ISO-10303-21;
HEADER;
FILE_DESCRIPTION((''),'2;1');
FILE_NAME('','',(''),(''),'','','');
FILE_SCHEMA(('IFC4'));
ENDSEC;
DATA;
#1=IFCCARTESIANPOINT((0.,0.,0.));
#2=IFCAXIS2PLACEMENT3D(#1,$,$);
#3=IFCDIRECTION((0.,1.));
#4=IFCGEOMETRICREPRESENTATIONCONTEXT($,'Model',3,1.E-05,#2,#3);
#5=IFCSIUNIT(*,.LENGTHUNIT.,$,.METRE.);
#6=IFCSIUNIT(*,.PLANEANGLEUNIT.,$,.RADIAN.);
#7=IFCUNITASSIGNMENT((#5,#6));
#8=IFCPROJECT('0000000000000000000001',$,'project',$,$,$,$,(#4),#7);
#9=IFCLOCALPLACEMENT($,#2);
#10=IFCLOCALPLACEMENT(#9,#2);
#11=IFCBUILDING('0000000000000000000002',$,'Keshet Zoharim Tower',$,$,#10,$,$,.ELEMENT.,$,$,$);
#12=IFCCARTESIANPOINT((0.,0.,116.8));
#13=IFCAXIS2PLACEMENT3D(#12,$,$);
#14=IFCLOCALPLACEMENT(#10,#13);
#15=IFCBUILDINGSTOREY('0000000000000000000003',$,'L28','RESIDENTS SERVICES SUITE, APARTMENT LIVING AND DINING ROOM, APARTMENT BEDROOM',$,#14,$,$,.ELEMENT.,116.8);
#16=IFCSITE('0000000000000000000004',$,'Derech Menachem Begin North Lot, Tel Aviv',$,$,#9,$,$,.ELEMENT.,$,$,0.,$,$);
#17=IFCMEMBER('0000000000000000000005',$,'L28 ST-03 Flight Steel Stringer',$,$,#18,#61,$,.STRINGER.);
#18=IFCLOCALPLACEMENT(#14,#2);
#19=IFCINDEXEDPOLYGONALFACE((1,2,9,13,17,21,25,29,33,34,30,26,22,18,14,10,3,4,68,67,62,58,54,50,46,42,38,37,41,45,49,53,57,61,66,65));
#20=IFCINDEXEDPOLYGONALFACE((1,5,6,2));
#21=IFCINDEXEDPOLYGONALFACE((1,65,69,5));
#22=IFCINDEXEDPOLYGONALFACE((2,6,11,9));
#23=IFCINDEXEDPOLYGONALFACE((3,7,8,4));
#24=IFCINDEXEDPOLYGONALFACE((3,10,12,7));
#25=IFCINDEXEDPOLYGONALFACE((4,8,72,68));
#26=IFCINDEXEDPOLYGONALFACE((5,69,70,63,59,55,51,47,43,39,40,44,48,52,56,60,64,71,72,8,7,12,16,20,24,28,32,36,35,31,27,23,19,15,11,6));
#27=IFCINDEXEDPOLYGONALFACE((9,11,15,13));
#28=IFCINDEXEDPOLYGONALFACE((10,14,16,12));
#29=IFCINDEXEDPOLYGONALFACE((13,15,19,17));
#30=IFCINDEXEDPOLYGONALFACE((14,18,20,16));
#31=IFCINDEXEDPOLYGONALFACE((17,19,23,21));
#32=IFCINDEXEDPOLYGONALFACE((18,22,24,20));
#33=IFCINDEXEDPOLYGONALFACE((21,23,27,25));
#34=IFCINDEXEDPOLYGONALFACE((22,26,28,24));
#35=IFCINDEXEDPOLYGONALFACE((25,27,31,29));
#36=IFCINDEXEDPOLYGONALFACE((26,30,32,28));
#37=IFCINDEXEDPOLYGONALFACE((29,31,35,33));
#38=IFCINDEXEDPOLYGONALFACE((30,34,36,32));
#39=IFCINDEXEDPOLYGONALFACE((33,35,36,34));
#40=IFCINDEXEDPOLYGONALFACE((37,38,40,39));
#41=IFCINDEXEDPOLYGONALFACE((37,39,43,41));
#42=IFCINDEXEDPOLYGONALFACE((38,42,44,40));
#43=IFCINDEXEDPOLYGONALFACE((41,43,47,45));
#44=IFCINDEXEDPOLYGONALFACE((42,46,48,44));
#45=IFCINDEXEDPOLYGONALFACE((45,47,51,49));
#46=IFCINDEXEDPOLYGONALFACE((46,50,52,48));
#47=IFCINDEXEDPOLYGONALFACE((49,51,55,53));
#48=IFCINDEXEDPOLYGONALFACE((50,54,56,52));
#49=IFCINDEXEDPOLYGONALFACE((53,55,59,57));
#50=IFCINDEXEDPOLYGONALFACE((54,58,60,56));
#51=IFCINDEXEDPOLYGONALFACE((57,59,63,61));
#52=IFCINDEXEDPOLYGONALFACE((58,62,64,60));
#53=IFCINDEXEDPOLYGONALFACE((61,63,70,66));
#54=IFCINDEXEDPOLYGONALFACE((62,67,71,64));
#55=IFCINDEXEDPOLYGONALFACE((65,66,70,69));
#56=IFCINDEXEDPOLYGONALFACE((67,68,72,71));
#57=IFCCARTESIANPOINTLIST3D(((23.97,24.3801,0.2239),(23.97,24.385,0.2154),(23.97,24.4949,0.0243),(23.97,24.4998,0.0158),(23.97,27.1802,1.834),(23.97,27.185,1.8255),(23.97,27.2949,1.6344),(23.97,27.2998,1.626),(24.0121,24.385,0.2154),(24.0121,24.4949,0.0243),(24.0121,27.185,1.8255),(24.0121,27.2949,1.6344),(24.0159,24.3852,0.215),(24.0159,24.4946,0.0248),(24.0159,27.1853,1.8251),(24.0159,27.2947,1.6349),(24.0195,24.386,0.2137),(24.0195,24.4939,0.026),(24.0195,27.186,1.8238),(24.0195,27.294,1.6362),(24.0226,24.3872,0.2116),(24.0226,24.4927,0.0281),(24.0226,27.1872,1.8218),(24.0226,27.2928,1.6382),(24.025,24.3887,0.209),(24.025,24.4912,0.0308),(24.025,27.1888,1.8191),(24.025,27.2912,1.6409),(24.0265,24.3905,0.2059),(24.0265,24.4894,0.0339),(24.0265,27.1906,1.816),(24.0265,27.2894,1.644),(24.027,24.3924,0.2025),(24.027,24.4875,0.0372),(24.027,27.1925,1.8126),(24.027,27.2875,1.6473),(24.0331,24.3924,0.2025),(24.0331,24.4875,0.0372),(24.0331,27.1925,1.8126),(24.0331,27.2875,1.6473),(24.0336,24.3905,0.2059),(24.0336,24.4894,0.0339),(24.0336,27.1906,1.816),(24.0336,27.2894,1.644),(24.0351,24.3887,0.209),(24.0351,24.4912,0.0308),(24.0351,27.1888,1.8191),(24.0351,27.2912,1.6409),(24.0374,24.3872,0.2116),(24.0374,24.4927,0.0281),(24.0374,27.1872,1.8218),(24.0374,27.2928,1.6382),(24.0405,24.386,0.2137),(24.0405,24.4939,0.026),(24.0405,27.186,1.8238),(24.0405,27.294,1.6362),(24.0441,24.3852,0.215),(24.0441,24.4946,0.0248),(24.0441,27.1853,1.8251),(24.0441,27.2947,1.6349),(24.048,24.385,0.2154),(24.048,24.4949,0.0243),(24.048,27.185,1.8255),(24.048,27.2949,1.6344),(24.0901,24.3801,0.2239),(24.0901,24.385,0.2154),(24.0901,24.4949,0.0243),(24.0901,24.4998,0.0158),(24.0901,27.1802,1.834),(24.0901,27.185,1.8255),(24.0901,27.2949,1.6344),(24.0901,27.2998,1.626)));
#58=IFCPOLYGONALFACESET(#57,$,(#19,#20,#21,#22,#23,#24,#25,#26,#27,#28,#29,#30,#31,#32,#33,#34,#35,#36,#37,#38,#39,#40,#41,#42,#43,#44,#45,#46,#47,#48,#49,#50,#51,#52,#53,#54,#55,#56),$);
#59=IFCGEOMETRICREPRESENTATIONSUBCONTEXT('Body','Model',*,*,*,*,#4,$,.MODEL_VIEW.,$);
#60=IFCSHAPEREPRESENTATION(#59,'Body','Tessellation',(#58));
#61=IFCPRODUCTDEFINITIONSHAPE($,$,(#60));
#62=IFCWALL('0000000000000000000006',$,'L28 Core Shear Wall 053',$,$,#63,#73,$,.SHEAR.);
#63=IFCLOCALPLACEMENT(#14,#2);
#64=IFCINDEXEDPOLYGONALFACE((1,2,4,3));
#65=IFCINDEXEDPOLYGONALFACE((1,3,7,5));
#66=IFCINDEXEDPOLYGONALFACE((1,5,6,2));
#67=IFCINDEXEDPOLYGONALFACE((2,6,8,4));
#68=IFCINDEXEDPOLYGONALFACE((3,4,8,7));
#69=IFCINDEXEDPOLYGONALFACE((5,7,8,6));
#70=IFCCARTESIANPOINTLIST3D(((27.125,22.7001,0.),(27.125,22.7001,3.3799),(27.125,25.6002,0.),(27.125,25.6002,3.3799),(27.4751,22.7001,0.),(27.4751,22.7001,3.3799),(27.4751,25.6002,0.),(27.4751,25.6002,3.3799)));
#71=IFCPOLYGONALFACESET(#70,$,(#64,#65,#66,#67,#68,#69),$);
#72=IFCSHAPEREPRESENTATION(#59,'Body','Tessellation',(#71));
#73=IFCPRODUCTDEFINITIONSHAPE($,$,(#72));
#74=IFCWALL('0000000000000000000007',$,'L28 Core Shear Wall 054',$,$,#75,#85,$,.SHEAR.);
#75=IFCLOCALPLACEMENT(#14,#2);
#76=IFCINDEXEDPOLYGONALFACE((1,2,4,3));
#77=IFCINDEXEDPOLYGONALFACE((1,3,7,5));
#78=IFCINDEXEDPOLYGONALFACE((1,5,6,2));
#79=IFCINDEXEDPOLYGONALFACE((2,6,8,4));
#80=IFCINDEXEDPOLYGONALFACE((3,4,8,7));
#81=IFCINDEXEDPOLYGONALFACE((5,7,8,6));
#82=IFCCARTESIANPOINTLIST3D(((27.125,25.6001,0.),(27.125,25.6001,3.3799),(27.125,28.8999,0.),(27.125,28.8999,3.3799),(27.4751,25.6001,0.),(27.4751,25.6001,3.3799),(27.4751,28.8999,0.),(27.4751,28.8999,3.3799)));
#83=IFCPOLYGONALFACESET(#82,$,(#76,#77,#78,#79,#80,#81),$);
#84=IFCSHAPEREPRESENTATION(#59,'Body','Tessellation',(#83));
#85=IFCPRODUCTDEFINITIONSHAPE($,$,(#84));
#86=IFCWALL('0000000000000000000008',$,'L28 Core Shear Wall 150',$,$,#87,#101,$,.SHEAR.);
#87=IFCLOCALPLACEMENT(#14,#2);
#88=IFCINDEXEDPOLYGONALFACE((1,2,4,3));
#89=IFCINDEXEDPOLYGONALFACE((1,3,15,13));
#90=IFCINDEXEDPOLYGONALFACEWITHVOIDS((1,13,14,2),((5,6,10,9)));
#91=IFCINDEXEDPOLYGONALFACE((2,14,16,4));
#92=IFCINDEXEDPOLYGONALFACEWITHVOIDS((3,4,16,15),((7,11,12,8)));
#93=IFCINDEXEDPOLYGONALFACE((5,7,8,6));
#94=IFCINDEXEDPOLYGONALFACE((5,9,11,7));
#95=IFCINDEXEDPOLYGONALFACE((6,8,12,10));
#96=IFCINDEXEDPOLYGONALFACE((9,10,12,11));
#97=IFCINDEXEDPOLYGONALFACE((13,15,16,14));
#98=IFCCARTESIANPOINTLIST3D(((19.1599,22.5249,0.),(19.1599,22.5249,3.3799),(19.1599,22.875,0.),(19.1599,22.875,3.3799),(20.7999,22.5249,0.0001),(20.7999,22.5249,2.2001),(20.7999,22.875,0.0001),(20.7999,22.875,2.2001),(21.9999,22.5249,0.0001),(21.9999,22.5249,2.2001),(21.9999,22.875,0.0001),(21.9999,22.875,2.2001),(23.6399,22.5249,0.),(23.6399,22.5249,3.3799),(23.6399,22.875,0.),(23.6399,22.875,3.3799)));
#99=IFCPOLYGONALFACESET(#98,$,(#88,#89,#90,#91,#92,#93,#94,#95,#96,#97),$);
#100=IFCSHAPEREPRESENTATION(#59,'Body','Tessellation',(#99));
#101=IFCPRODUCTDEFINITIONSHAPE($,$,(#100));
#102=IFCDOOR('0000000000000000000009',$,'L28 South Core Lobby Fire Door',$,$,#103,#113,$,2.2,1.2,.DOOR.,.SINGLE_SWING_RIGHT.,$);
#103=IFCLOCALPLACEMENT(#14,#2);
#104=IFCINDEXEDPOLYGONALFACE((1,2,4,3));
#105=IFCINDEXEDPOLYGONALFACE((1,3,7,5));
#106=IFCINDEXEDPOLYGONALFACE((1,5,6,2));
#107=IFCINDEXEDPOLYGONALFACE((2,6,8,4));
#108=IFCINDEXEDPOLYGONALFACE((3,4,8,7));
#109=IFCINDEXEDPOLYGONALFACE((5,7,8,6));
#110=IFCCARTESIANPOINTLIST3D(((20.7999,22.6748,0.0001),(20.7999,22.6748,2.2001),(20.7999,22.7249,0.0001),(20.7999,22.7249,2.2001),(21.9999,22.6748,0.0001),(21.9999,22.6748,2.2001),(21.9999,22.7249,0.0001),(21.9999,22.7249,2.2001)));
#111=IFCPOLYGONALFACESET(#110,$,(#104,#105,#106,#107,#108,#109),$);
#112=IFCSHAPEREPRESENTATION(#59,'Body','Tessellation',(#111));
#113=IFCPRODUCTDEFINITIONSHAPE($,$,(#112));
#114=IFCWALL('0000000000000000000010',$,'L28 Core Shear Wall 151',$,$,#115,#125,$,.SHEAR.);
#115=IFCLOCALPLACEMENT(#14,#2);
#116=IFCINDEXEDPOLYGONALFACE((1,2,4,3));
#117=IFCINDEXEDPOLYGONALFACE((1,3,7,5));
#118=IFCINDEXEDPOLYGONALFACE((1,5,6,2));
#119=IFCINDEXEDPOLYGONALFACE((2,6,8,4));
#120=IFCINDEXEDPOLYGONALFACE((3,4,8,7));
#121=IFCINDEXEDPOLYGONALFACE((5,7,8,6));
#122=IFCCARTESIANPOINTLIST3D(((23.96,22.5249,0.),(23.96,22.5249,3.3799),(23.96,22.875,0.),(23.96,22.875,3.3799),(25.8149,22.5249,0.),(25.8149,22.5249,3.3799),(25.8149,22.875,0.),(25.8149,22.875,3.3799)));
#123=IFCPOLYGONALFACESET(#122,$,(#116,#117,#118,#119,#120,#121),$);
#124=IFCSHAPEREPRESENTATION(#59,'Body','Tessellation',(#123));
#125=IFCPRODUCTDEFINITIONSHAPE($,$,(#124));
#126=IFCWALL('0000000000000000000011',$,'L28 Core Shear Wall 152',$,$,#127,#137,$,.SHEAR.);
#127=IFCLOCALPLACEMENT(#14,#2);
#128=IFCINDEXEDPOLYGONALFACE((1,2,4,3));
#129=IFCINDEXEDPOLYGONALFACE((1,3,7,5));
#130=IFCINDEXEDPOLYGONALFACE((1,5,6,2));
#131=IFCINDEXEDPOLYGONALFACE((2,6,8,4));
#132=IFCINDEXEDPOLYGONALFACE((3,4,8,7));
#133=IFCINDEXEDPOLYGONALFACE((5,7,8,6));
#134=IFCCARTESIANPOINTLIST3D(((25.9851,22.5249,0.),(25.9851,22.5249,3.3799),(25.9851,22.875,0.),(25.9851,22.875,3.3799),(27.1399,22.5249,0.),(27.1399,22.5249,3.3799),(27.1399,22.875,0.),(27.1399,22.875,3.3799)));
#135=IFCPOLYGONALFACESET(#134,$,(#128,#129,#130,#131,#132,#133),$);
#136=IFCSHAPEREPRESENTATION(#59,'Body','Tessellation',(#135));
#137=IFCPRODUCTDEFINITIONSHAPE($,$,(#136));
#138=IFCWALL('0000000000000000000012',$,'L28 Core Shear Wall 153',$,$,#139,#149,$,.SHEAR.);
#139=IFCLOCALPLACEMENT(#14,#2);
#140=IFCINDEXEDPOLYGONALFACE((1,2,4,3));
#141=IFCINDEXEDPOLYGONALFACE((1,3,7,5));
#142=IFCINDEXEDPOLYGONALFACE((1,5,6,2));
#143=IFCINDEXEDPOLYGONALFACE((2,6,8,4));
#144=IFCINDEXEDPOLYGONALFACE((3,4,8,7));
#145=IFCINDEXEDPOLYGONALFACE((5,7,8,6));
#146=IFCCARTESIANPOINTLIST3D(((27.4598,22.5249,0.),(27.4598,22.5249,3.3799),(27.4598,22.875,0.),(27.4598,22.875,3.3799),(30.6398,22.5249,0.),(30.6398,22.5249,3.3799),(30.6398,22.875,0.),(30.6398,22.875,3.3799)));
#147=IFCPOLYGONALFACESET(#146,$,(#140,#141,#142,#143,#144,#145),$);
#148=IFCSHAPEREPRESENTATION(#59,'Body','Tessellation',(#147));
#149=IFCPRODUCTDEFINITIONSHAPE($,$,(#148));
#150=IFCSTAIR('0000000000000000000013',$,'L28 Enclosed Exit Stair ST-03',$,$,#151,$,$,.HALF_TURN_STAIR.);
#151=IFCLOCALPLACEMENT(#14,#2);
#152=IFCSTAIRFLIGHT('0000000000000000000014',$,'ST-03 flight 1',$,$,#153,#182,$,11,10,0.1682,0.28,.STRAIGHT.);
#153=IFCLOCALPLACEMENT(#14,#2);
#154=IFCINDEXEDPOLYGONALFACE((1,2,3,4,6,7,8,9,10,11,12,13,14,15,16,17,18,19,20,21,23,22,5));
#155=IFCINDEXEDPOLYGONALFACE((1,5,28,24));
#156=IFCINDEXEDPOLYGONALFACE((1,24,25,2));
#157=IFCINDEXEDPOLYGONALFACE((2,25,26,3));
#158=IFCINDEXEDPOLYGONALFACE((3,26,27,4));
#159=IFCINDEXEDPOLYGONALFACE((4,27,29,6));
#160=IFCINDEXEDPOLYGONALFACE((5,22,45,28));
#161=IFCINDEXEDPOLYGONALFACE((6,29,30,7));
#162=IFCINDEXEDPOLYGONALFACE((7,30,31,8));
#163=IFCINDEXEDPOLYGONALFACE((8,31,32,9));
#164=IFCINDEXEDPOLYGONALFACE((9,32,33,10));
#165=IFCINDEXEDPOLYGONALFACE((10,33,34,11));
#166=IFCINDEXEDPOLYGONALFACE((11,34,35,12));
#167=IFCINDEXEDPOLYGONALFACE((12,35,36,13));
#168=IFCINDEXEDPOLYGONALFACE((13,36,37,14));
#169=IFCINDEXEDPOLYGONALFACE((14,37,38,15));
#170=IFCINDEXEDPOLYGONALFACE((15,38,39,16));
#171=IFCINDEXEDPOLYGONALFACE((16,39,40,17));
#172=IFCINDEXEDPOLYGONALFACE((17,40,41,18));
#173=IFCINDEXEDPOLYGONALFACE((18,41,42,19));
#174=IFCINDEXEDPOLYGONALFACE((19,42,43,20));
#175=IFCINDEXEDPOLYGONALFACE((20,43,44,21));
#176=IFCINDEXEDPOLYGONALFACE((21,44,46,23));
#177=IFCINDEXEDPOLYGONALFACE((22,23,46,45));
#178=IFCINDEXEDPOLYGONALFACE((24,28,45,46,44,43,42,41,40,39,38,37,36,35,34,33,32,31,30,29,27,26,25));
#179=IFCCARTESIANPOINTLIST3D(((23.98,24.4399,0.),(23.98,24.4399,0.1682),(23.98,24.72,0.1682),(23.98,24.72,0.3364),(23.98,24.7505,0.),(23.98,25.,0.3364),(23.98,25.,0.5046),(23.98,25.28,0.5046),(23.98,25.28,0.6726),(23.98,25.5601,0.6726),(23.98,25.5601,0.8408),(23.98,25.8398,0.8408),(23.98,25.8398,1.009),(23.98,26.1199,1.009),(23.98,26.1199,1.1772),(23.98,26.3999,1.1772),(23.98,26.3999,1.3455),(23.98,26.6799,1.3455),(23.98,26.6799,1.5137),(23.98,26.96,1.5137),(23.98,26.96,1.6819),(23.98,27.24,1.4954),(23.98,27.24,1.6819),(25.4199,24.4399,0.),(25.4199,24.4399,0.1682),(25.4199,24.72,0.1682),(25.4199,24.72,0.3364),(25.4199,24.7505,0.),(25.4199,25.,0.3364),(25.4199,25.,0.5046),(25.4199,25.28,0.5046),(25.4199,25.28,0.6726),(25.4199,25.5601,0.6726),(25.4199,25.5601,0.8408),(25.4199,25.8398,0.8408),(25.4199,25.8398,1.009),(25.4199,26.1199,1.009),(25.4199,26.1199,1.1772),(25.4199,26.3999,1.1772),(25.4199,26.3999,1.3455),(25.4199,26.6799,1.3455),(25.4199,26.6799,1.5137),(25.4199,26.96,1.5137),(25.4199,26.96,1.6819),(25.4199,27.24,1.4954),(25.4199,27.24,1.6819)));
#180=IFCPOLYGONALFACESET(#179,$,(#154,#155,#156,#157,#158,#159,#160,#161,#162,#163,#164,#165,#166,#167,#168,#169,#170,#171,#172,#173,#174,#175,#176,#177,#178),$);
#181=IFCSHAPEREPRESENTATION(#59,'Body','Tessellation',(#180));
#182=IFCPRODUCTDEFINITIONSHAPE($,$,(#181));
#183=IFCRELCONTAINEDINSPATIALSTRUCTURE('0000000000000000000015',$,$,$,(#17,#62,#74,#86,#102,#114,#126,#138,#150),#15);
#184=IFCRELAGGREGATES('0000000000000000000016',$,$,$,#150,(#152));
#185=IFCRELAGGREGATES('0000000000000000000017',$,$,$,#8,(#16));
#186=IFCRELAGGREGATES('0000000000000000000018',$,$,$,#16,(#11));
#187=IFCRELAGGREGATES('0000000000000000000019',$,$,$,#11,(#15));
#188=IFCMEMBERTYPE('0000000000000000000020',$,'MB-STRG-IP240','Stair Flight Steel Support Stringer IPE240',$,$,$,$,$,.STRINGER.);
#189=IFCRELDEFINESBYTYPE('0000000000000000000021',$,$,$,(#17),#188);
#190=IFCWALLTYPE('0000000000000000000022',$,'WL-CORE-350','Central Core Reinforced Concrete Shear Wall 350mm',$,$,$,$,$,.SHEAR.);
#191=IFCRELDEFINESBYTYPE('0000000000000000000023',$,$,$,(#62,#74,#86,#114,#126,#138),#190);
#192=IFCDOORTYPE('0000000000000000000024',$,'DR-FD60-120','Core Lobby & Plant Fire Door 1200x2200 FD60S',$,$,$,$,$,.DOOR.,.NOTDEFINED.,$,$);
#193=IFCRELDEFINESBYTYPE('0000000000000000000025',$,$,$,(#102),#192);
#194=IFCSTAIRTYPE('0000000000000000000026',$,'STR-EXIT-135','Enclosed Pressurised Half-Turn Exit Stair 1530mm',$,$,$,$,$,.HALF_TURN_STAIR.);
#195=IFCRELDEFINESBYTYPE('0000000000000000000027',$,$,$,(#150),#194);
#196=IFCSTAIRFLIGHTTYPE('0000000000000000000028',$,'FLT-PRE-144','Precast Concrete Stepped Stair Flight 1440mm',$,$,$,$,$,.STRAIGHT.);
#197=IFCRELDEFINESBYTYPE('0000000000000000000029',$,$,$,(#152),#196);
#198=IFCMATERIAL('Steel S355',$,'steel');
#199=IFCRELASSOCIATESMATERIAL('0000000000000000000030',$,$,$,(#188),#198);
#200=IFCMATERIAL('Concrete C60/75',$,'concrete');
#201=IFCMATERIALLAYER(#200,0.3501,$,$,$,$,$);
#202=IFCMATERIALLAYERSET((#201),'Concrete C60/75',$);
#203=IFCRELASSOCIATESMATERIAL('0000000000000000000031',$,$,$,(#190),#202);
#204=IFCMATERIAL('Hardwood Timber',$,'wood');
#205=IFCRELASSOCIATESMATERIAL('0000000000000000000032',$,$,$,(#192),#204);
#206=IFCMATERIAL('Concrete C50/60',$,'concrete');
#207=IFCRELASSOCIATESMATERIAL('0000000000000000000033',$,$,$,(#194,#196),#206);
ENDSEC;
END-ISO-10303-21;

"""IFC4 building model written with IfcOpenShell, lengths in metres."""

from ifc_helpers import new_model, si_unit, direction, frame, frame_2d, origin, origin_2d, place, context, subcontext, project, spatial, polyline, rectangle, i_section, outline, extrude, material, layer, layer_set, material_profile, profile_set, type_object, element, fill, aggregate, save


model = new_model("IFC4")

# Units and contexts
model_context = context("Model", 3, precision=1e-05, world=origin(), true_north=direction((0.0, 1.0)))
body_context = subcontext(model_context, "Body", "Model", "MODEL_VIEW")
ifc_project = project(units=[si_unit("LENGTHUNIT", "METRE"), si_unit("PLANEANGLEUNIT", "RADIAN")], contexts=[model_context])

# Site, building, storey
site_placement = place(None, origin())
site = spatial("IfcSite", under=ifc_project, at=site_placement, Name="Derech Menachem Begin North Lot, Tel Aviv", CompositionType="ELEMENT", RefElevation=0.0)
building_placement = place(site_placement, origin())
building = spatial("IfcBuilding", under=site, at=building_placement, Name="Keshet Zoharim Tower", CompositionType="ELEMENT")
storey_placement = place(building_placement, frame((0.0, 0.0, 116.8)))
storey = spatial("IfcBuildingStorey", under=building, at=storey_placement, Name="L28", Description="RESIDENTS SERVICES SUITE, APARTMENT LIVING AND DINING ROOM, APARTMENT BEDROOM", CompositionType="ELEMENT", Elevation=116.8)

# Member
ifc_material_1 = material(Name="Steel S355", Category="steel")
ifc_material_profile = material_profile(ifc_material_1, i_section(OverallWidth=0.1201, OverallDepth=0.24, WebThickness=0.0061, FlangeThickness=0.0098, FilletRadius=0.0149, at=origin_2d()), Name="IPE240")
ifc_profile_set = profile_set([ifc_material_profile], Name="Steel S355")
member_type = type_object("IfcMemberType", Name="MB-STRG-IP240", Description="Stair Flight Steel Support Stringer IPE240", PredefinedType="STRINGER", material=ifc_profile_set)
member_placement = place(storey_placement, frame((24.03, 24.4399, 0.1199), z_axis=(0.0, 0.866896, 0.49849), x_axis=(-1.0, 0.0, 0.0)))
element("IfcMember", 1, at=member_placement, inside=storey, type_object=member_type, Name="L28 ST-03 Flight Steel Stringer", PredefinedType="STRINGER", context=body_context, shape_type="SweptSolid", body=[
    extrude(i_section(OverallWidth=0.1201, OverallDepth=0.24, WebThickness=0.0061, FlangeThickness=0.0098, FilletRadius=0.0149, at=origin_2d()), origin(), (0.0, 0.0, 1.0), 3.23),
])

# Shared definitions
ifc_material_2 = material(Name="Concrete C60/75", Category="concrete")
ifc_layer_1 = layer(ifc_material_2, 0.3501)
ifc_layer_set_1 = layer_set([ifc_layer_1], Name="Concrete C60/75")
wall_type_1 = type_object("IfcWallType", Name="WL-CORE-350", Description="Central Core Reinforced Concrete Shear Wall 350mm", PredefinedType="SHEAR", material=ifc_layer_set_1)
ifc_material_3 = material(Name="Hardwood Timber", Category="wood")

# Walls
wall_1_placement = place(storey_placement, frame((27.3, 22.7, 0.0), z_axis=(0.0, 0.0, 1.0), x_axis=(0.0, 1.0, 0.0)))
element("IfcWall", 2, at=wall_1_placement, inside=storey, type_object=wall_type_1, Name="L28 Core Shear Wall 053", PredefinedType="SHEAR", context=body_context, shape_type="SweptSolid", body=[
    extrude(rectangle(XDim=2.9001, YDim=0.3501, at=frame_2d((1.4502, 0.0))), origin(), (0.0, 0.0, 1.0), 3.3799),
])
wall_2_placement = place(storey_placement, frame((27.3, 25.6001, 0.0), z_axis=(0.0, 0.0, 1.0), x_axis=(0.0, 1.0, 0.0)))
element("IfcWall", 3, at=wall_2_placement, inside=storey, type_object=wall_type_1, Name="L28 Core Shear Wall 054", PredefinedType="SHEAR", context=body_context, shape_type="SweptSolid", body=[
    extrude(rectangle(XDim=3.2998, YDim=0.3501, at=frame_2d((1.6499, 0.0))), origin(), (0.0, 0.0, 1.0), 3.3799),
])

# Wall, opening, door
wall_3_placement = place(storey_placement, frame((19.1599, 22.7, 0.0), z_axis=(0.0, 0.0, 1.0), x_axis=(1.0, 0.0, 0.0)))
wall_3 = element("IfcWall", 4, at=wall_3_placement, inside=storey, type_object=wall_type_1, Name="L28 Core Shear Wall 150", PredefinedType="SHEAR", context=body_context, shape_type="SweptSolid", body=[
    extrude(rectangle(XDim=4.48, YDim=0.3501, at=frame_2d((2.24, 0.0))), origin(), (0.0, 0.0, 1.0), 3.3799),
])
opening_1_placement = place(wall_3_placement, frame((1.6399, 0.0, 0.0)))
opening_1 = element("IfcOpeningElement", 5, at=opening_1_placement, cuts=wall_3, PredefinedType="OPENING", context=body_context, shape_type="SweptSolid", body=[
    extrude(rectangle(XDim=1.2, YDim=2.2, at=frame_2d((0.6001, 1.1001))), frame((0.0, 0.1851, 0.0), z_axis=(0.0, -1.0, 0.0), x_axis=(1.0, 0.0, 0.0)), (0.0, 0.0, 1.0), 0.3701),
])
door_type_1 = type_object("IfcDoorType", Name="DR-FD60-120", Description="Core Lobby & Plant Fire Door 1200x2200 FD60S", OperationType="NOTDEFINED", PredefinedType="DOOR", material=ifc_material_3)
door_1_placement = place(opening_1_placement, origin())
door_1 = element("IfcDoor", 6, at=door_1_placement, inside=storey, type_object=door_type_1, Name="L28 South Core Lobby Fire Door", OperationType="SINGLE_SWING_RIGHT", OverallHeight=2.2, OverallWidth=1.2, PredefinedType="DOOR", context=body_context, shape_type="SweptSolid", body=[
    extrude(rectangle(XDim=1.2, YDim=2.2, at=frame_2d((0.6001, 1.1001))), frame((0.0, 0.0249, 0.0), z_axis=(0.0, -1.0, 0.0), x_axis=(1.0, 0.0, 0.0)), (0.0, 0.0, 1.0), 0.05),
])
fill(opening_1, door_1)

# Walls
wall_4_placement = place(storey_placement, frame((23.96, 22.7, 0.0), z_axis=(0.0, 0.0, 1.0), x_axis=(1.0, 0.0, 0.0)))
element("IfcWall", 7, at=wall_4_placement, inside=storey, type_object=wall_type_1, Name="L28 Core Shear Wall 151", PredefinedType="SHEAR", context=body_context, shape_type="SweptSolid", body=[
    extrude(rectangle(XDim=1.855, YDim=0.3501, at=frame_2d((0.9275, 0.0))), origin(), (0.0, 0.0, 1.0), 3.3799),
])
wall_5_placement = place(storey_placement, frame((25.9851, 22.7, 0.0), z_axis=(0.0, 0.0, 1.0), x_axis=(1.0, 0.0, 0.0)))
element("IfcWall", 8, at=wall_5_placement, inside=storey, type_object=wall_type_1, Name="L28 Core Shear Wall 152", PredefinedType="SHEAR", context=body_context, shape_type="SweptSolid", body=[
    extrude(rectangle(XDim=1.1548, YDim=0.3501, at=frame_2d((0.5774, 0.0))), origin(), (0.0, 0.0, 1.0), 3.3799),
])
wall_6_placement = place(storey_placement, frame((27.46, 22.7, 0.0), z_axis=(0.0, 0.0, 1.0), x_axis=(1.0, 0.0, 0.0)))
element("IfcWall", 9, at=wall_6_placement, inside=storey, type_object=wall_type_1, Name="L28 Core Shear Wall 153", PredefinedType="SHEAR", context=body_context, shape_type="SweptSolid", body=[
    extrude(rectangle(XDim=3.1799, YDim=0.3501, at=frame_2d((1.5898, 0.0))), origin(), (0.0, 0.0, 1.0), 3.3799),
])

# Shared definitions
ifc_material_4 = material(Name="Concrete C50/60", Category="concrete")

# Stair, stair flight
stair_type = type_object("IfcStairType", Name="STR-EXIT-135", Description="Enclosed Pressurised Half-Turn Exit Stair 1530mm", PredefinedType="HALF_TURN_STAIR", material=ifc_material_4)
stair_placement = place(storey_placement, origin())
stair = element("IfcStair", 10, at=stair_placement, inside=storey, type_object=stair_type, Name="L28 Enclosed Exit Stair ST-03", PredefinedType="HALF_TURN_STAIR")
stair_flight_type = type_object("IfcStairFlightType", Name="FLT-PRE-144", Description="Precast Concrete Stepped Stair Flight 1440mm", PredefinedType="STRAIGHT", material=ifc_material_4)
stair_flight_placement = place(storey_placement, frame((24.7, 24.4399, 0.0), z_axis=(0.0, 0.0, 1.0), x_axis=(0.0, 1.0, 0.0)))
stair_flight = element("IfcStairFlight", 11, at=stair_flight_placement, type_object=stair_flight_type, Name="ST-03 flight 1", NumberOfRisers=11, NumberOfTreads=10, PredefinedType="STRAIGHT", RiserHeight=0.1682, TreadLength=0.28, context=body_context, shape_type="SweptSolid", body=[
    extrude(outline(polyline([(0.0, 0.0), (0.0, 0.1682), (0.28, 0.1682), (0.28, 0.3364), (0.5601, 0.3364), (0.5601, 0.5046), (0.8401, 0.5046), (0.8401, 0.6726), (1.1201, 0.6726), (1.1201, 0.8408), (1.3999, 0.8408), (1.3999, 1.009), (1.6799, 1.009), (1.6799, 1.1772), (1.96, 1.1772), (1.96, 1.3455), (2.24, 1.3455), (2.24, 1.5137), (2.52, 1.5137), (2.52, 1.6819), (2.8, 1.6819), (2.8, 1.8501), (2.8, 1.4954), (0.3105, 0.0), (0.0, 0.0)])), frame((0.0, 0.72, 0.0), z_axis=(0.0, -1.0, 0.0), x_axis=(1.0, 0.0, 0.0)), (0.0, 0.0, 1.0), 1.4399),
])
aggregate(stair, [stair_flight])

save(model, "model.ifc")
